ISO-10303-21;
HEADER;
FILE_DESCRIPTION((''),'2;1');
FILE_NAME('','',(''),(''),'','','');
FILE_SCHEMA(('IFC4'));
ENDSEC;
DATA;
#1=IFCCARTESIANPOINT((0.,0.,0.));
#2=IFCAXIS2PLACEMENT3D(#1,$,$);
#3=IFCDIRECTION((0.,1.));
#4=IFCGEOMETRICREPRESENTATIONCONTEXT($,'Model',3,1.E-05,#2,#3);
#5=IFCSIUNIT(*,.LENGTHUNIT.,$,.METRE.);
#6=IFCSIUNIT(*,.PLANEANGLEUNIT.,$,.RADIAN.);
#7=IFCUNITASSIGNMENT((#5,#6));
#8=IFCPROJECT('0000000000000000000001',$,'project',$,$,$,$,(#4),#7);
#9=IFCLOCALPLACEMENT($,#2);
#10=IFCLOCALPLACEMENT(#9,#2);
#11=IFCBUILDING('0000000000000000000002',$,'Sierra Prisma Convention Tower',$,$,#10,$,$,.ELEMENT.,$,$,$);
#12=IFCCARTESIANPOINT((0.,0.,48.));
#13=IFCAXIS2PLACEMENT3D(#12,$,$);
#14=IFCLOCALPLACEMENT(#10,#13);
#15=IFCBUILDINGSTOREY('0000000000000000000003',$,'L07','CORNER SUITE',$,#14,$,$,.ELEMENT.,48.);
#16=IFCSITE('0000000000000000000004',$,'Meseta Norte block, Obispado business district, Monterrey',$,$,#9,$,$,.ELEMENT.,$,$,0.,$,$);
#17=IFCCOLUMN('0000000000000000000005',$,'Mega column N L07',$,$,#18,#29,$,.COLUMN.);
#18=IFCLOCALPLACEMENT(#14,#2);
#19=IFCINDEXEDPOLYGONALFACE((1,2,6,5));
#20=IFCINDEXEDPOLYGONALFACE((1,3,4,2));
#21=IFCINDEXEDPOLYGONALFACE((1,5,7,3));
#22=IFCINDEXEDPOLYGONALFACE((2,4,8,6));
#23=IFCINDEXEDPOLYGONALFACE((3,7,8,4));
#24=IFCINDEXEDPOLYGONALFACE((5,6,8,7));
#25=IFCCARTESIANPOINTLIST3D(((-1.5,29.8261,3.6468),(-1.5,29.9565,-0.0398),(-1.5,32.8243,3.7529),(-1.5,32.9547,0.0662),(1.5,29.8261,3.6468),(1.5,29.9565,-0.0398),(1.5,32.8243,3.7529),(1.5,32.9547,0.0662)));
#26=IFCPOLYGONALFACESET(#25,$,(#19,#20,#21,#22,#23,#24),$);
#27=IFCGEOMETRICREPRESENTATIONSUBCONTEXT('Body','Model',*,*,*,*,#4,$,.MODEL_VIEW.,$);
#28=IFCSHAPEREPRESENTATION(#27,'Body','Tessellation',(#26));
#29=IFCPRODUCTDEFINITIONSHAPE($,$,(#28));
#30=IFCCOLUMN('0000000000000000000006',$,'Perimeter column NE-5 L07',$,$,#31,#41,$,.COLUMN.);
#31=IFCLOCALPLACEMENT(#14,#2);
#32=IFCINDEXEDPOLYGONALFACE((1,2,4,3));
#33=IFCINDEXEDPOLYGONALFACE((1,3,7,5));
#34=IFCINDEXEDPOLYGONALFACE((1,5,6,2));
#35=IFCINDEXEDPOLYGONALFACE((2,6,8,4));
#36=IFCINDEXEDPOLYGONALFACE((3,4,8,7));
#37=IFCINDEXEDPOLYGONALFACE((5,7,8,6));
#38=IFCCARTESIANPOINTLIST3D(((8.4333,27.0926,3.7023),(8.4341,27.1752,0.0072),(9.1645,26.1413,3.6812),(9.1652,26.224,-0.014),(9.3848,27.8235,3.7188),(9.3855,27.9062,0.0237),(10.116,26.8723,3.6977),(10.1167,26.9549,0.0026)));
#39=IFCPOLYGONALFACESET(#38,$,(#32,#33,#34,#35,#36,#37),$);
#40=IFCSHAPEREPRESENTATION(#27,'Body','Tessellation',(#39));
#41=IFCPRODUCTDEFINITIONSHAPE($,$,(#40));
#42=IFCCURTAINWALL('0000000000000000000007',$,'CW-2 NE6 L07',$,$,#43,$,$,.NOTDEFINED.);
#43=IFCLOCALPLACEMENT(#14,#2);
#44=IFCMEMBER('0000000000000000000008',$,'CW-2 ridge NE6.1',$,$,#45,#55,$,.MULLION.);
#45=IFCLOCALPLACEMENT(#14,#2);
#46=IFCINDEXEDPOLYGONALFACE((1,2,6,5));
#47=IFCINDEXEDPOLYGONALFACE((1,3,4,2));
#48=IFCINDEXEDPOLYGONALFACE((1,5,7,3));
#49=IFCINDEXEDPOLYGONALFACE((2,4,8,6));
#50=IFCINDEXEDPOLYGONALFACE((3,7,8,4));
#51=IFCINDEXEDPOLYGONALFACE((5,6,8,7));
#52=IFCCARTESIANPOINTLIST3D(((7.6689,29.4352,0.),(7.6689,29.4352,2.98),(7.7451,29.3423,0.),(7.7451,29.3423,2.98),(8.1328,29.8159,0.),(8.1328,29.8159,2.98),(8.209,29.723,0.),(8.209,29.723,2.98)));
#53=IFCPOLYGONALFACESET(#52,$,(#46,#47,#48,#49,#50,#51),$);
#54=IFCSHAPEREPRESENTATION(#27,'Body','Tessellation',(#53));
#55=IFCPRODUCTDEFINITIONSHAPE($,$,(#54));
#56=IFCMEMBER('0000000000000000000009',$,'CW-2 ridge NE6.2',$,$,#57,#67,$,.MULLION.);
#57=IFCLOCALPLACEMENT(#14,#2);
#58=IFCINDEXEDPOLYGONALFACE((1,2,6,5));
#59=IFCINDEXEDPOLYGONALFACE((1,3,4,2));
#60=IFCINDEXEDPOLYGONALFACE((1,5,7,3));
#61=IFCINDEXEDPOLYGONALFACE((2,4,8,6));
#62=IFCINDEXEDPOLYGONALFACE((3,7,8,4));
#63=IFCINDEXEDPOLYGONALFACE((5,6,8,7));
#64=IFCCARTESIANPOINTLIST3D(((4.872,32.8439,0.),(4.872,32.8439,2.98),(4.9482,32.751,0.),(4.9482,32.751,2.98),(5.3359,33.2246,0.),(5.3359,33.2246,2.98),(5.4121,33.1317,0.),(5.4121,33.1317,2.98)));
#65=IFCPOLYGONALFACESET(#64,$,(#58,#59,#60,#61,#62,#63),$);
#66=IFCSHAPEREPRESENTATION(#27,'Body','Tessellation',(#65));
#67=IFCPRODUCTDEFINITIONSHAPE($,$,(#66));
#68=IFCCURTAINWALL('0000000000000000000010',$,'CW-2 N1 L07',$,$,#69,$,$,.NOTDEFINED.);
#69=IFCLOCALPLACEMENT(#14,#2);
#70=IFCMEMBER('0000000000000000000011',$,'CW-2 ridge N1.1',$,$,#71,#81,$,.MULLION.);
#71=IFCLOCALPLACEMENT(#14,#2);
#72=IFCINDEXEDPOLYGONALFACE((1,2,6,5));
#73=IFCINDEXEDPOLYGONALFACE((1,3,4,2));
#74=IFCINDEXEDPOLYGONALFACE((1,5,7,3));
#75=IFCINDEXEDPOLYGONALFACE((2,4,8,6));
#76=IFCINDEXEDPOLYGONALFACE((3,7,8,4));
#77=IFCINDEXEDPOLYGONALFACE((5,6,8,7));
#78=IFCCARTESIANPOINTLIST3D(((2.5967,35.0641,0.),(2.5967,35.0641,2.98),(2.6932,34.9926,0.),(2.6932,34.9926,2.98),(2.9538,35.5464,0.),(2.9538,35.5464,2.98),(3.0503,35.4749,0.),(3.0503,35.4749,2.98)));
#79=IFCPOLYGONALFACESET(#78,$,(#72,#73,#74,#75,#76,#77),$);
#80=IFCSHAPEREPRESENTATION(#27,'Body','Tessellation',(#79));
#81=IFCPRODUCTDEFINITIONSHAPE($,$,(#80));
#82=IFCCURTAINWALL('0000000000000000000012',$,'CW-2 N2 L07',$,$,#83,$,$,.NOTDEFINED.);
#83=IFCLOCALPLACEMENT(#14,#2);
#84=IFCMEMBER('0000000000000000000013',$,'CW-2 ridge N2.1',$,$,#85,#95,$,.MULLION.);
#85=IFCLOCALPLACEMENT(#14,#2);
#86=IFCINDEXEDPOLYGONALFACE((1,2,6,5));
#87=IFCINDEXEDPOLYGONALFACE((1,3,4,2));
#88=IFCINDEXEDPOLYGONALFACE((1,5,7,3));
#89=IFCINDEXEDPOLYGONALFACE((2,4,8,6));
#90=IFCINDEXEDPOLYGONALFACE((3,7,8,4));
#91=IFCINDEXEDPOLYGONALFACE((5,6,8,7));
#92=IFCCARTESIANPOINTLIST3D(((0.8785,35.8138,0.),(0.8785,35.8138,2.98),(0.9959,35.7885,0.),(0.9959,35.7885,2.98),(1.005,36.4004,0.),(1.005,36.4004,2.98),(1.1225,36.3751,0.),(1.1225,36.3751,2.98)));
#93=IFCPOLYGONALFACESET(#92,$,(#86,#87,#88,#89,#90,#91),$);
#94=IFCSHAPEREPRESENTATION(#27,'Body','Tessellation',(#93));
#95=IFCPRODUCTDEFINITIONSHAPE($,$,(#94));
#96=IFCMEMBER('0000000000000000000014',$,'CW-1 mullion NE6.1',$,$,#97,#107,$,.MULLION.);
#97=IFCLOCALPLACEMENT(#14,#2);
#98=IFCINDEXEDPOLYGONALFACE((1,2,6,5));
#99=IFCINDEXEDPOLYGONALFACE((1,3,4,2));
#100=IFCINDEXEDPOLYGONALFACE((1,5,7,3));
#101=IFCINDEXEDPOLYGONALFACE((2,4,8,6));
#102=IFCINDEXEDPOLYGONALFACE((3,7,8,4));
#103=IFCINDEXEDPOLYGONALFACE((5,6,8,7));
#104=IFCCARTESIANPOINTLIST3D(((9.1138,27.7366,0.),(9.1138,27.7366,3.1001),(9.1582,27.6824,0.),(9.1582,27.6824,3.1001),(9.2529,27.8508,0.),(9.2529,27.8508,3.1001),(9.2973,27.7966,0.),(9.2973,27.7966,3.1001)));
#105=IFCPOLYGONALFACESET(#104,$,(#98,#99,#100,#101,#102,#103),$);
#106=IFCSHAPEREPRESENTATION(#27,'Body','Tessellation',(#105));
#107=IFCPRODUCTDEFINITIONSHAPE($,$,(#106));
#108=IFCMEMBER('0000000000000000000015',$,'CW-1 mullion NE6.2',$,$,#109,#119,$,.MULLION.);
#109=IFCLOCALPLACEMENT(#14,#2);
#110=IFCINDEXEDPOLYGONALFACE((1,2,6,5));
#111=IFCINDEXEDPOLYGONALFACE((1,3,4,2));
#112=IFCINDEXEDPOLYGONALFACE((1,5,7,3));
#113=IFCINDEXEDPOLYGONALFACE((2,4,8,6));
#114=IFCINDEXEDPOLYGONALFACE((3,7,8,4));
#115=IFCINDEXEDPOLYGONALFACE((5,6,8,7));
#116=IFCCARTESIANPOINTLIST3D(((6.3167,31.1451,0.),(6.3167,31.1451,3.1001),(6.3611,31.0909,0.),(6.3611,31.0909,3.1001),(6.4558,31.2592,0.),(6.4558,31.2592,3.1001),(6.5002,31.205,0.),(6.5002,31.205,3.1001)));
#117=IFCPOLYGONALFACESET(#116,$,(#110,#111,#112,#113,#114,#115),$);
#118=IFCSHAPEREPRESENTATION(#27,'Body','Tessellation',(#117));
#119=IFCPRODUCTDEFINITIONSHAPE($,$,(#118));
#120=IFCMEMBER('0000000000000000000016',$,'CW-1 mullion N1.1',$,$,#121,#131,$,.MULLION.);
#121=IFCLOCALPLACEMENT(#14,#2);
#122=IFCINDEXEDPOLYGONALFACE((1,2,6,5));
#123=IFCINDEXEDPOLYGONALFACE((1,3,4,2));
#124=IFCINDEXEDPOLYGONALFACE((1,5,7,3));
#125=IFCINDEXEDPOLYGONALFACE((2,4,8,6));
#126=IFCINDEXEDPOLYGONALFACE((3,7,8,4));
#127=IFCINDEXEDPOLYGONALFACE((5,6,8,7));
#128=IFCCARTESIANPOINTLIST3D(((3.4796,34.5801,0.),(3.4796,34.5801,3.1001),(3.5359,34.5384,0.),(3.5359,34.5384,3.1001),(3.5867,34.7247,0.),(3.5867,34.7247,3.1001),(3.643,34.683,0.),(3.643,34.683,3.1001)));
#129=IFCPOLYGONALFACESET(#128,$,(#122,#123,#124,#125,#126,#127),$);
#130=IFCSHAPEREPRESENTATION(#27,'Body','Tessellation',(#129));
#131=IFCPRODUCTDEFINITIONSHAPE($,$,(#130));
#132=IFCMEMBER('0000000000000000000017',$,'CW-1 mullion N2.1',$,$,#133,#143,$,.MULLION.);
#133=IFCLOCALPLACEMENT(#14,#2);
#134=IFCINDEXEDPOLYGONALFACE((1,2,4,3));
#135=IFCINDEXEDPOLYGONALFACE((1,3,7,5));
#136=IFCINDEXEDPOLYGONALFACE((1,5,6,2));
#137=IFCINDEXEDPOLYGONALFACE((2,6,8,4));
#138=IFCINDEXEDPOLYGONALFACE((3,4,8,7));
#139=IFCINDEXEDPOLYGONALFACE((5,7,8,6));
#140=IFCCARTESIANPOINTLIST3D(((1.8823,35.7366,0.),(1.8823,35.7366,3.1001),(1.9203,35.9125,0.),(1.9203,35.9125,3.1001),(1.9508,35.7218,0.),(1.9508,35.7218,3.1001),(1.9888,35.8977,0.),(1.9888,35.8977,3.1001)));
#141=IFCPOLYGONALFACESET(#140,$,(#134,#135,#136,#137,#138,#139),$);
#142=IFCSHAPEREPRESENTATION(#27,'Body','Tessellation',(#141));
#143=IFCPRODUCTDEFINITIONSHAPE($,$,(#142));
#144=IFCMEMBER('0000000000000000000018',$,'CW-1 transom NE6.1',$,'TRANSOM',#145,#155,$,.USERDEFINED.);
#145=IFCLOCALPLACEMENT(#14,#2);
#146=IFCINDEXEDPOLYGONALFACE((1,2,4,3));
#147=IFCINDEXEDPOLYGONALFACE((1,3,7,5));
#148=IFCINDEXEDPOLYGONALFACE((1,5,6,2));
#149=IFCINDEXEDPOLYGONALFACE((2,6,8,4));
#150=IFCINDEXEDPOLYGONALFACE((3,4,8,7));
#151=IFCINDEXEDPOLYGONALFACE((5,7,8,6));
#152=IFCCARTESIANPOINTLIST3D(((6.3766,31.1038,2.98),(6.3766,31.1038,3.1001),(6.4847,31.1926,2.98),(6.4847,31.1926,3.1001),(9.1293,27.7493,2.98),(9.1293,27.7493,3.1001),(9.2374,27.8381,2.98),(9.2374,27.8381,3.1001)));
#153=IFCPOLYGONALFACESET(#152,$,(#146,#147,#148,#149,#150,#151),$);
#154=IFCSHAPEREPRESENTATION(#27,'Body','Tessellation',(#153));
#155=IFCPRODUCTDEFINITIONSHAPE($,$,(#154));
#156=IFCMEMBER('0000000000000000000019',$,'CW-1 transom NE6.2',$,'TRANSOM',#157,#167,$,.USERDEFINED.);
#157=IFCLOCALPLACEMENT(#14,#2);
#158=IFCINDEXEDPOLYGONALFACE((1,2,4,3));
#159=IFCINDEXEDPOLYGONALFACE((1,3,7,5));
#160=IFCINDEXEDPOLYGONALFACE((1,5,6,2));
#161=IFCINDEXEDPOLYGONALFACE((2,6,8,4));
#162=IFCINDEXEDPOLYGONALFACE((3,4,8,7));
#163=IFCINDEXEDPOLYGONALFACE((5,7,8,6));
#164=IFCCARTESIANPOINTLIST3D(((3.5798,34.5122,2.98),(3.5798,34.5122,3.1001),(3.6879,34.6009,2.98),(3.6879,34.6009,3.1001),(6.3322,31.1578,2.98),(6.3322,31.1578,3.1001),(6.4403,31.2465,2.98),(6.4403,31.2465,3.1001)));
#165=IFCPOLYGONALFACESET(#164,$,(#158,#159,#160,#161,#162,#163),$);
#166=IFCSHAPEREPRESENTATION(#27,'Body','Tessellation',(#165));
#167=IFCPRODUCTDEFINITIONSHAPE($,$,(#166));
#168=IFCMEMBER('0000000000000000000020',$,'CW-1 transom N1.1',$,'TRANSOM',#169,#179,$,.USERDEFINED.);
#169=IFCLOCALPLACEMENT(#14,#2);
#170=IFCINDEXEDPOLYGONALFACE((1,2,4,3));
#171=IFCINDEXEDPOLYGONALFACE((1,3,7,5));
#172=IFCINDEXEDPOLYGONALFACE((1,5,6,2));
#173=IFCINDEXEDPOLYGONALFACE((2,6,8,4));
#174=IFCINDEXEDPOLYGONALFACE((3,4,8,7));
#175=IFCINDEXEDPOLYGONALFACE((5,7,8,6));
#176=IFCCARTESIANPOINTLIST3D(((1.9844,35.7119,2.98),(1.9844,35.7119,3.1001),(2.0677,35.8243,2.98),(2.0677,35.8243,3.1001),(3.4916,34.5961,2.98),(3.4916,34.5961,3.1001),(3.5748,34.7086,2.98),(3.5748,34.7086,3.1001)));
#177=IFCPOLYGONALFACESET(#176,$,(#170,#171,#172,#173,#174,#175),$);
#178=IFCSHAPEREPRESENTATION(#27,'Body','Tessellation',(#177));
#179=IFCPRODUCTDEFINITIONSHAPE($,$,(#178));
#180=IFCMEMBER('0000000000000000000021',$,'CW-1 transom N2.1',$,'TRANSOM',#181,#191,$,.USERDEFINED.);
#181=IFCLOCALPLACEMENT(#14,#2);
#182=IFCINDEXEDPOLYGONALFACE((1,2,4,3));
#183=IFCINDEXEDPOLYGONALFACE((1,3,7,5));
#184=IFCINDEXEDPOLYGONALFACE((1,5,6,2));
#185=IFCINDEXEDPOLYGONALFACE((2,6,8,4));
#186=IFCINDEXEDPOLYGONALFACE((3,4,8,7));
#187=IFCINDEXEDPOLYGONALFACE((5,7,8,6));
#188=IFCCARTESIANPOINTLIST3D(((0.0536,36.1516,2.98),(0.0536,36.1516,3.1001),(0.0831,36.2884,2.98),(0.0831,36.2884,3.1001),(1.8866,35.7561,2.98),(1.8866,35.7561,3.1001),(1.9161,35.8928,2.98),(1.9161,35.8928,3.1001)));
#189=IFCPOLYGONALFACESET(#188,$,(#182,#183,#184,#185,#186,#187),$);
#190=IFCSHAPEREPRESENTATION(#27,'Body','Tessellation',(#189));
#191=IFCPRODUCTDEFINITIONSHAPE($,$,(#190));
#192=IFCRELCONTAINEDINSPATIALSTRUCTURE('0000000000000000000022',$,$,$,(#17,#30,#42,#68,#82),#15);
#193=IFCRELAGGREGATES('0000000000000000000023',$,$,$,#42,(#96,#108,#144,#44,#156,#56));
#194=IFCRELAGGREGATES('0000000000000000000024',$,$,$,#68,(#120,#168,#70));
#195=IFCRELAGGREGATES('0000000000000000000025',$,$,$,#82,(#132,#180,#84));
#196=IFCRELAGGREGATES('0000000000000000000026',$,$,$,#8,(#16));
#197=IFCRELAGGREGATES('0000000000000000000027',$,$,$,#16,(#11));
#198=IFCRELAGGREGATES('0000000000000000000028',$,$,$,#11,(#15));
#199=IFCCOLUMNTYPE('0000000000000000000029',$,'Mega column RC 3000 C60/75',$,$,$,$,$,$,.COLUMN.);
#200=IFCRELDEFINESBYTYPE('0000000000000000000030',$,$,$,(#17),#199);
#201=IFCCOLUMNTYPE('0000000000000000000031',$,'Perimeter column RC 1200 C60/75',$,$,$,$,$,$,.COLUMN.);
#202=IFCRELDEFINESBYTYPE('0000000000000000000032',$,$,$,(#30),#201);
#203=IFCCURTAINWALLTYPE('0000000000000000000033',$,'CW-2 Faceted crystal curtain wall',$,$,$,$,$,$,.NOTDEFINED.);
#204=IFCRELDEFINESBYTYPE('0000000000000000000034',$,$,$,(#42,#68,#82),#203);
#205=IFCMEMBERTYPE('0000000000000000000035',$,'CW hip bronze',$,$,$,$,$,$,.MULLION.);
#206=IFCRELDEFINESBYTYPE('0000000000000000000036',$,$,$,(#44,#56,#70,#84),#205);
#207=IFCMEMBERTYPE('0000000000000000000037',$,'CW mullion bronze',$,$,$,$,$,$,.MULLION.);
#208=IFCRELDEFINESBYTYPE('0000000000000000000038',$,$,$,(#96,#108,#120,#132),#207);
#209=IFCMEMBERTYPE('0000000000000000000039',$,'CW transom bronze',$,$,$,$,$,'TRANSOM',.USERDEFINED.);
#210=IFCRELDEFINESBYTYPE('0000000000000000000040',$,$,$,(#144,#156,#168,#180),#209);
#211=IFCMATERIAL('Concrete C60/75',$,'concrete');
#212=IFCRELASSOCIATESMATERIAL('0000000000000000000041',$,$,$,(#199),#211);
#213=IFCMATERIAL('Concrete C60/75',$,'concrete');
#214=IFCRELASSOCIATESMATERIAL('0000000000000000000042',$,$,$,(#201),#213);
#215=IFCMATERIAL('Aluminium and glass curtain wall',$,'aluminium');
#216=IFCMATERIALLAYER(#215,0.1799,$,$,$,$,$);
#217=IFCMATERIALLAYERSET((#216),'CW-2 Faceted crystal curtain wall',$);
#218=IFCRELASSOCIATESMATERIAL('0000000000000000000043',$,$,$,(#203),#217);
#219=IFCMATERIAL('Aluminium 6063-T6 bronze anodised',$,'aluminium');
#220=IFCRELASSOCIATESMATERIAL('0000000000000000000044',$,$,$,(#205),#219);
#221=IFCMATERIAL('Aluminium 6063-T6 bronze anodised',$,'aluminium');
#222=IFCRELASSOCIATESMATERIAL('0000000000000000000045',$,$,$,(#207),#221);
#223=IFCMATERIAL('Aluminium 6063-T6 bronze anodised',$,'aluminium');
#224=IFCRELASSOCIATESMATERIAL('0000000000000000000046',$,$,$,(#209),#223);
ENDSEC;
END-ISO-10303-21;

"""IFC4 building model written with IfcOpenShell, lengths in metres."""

from ifc_helpers import new_model, si_unit, direction, frame, origin, origin_2d, place, context, subcontext, project, spatial, rectangle, extrude, clip, halfspace, material, layer, layer_set, material_profile, profile_set, type_object, element, aggregate, save


model = new_model("IFC4")

# Units and contexts
model_context = context("Model", 3, precision=1e-05, world=origin(), true_north=direction((0.0, 1.0)))
body_context = subcontext(model_context, "Body", "Model", "MODEL_VIEW")
ifc_project = project(units=[si_unit("LENGTHUNIT", "METRE"), si_unit("PLANEANGLEUNIT", "RADIAN")], contexts=[model_context])

# Site, building, storey
site_placement = place(None, origin())
site = spatial("IfcSite", under=ifc_project, at=site_placement, Name="Meseta Norte block, Obispado business district, Monterrey", CompositionType="ELEMENT", RefElevation=0.0)
building_placement = place(site_placement, origin())
building = spatial("IfcBuilding", under=site, at=building_placement, Name="Sierra Prisma Convention Tower", CompositionType="ELEMENT")
storey_placement = place(building_placement, frame((0.0, 0.0, 48.0)))
storey = spatial("IfcBuildingStorey", under=building, at=storey_placement, Name="L07", Description="CORNER SUITE", CompositionType="ELEMENT", Elevation=48.0)

# Columns
ifc_material_1 = material(Name="Concrete C60/75", Category="concrete")
ifc_material_profile_1 = material_profile(ifc_material_1, rectangle(XDim=3.0, YDim=3.0, at=origin_2d()), Name="Mega column RC 3000 C60/75")
ifc_profile_set_1 = profile_set([ifc_material_profile_1], Name="Concrete C60/75")
column_type_1 = type_object("IfcColumnType", Name="Mega column RC 3000 C60/75", PredefinedType="COLUMN", material=ifc_profile_set_1)
column_1_placement = place(storey_placement, frame((0.0, 31.4561, 0.0), z_axis=(0.0, -0.035346, 0.999375), x_axis=(1.0, 0.0, 0.0)))
element("IfcColumn", 1, at=column_1_placement, inside=storey, type_object=column_type_1, Name="Mega column N L07", PredefinedType="COLUMN", context=body_context, shape_type="SweptSolid", body=[
    clip(extrude(rectangle(XDim=3.0, YDim=3.0, at=origin_2d()), origin(), (0.0, 0.0, 1.0), 3.7021), halfspace(frame((0.0, 0.0, 0.0132)), True)),
])
ifc_material_2 = material(Name="Concrete C60/75", Category="concrete")
ifc_material_profile_2 = material_profile(ifc_material_2, rectangle(XDim=1.2, YDim=1.2, at=origin_2d()), Name="Perimeter column RC 1200 C60/75")
ifc_profile_set_2 = profile_set([ifc_material_profile_2], Name="Concrete C60/75")
column_type_2 = type_object("IfcColumnType", Name="Perimeter column RC 1200 C60/75", PredefinedType="COLUMN", material=ifc_profile_set_2)
column_2_placement = place(storey_placement, frame((9.2754, 27.0652, 0.0), z_axis=(-0.000198, -0.022363, 0.99975), x_axis=(-0.609322, 0.792727, 0.017612)))
element("IfcColumn", 2, at=column_2_placement, inside=storey, type_object=column_type_2, Name="Perimeter column NE-5 L07", PredefinedType="COLUMN", context=body_context, shape_type="SweptSolid", body=[
    clip(extrude(rectangle(XDim=1.2, YDim=1.2, at=origin_2d()), origin(), (0.0, 0.0, 1.0), 3.7009), halfspace(frame((0.0, 0.0, 0.0049)), True)),
])

# Curtain wall, members
ifc_material_3 = material(Name="Aluminium and glass curtain wall", Category="aluminium")
ifc_layer_1 = layer(ifc_material_3, 0.1799)
ifc_layer_set_1 = layer_set([ifc_layer_1], Name="CW-2 Faceted crystal curtain wall")
curtain_wall_type = type_object("IfcCurtainWallType", Name="CW-2 Faceted crystal curtain wall", PredefinedType="NOTDEFINED", material=ifc_layer_set_1)
curtain_wall_1_placement = place(storey_placement, origin())
curtain_wall_1 = element("IfcCurtainWall", 3, at=curtain_wall_1_placement, inside=storey, type_object=curtain_wall_type, Name="CW-2 NE6 L07", PredefinedType="NOTDEFINED")
ifc_material_4 = material(Name="Aluminium 6063-T6 bronze anodised", Category="aluminium")
ifc_material_profile_3 = material_profile(ifc_material_4, rectangle(XDim=0.1201, YDim=0.6001, at=origin_2d()), Name="ALU RIDGE BLADE 120x600")
ifc_profile_set_3 = profile_set([ifc_material_profile_3], Name="Aluminium 6063-T6 bronze anodised")
member_type_1 = type_object("IfcMemberType", Name="CW hip bronze", PredefinedType="MULLION", material=ifc_profile_set_3)
member_1_placement = place(storey_placement, frame((7.939, 29.5791, 0.0), z_axis=(0.0, 0.0, 1.0), x_axis=(-0.634349, 0.773047, 0.0)))
member_1 = element("IfcMember", 4, at=member_1_placement, type_object=member_type_1, Name="CW-2 ridge NE6.1", PredefinedType="MULLION", context=body_context, shape_type="SweptSolid", body=[
    extrude(rectangle(XDim=0.1201, YDim=0.6001, at=origin_2d()), origin(), (0.0, 0.0, 1.0), 2.98),
])
member_2_placement = place(storey_placement, frame((5.1421, 32.9878, 0.0), z_axis=(0.0, 0.0, 1.0), x_axis=(-0.634349, 0.773047, 0.0)))
member_2 = element("IfcMember", 5, at=member_2_placement, type_object=member_type_1, Name="CW-2 ridge NE6.2", PredefinedType="MULLION", context=body_context, shape_type="SweptSolid", body=[
    extrude(rectangle(XDim=0.1201, YDim=0.6001, at=origin_2d()), origin(), (0.0, 0.0, 1.0), 2.98),
])

# Curtain walls, members
curtain_wall_2_placement = place(storey_placement, origin())
curtain_wall_2 = element("IfcCurtainWall", 6, at=curtain_wall_2_placement, inside=storey, type_object=curtain_wall_type, Name="CW-2 N1 L07", PredefinedType="NOTDEFINED")
member_3_placement = place(storey_placement, frame((2.8235, 35.2695, 0.0), z_axis=(0.0, 0.0, 1.0), x_axis=(-0.80368, 0.595061, 0.0)))
member_3 = element("IfcMember", 7, at=member_3_placement, type_object=member_type_1, Name="CW-2 ridge N1.1", PredefinedType="MULLION", context=body_context, shape_type="SweptSolid", body=[
    extrude(rectangle(XDim=0.1201, YDim=0.6001, at=origin_2d()), origin(), (0.0, 0.0, 1.0), 2.98),
])
curtain_wall_3_placement = place(storey_placement, origin())
curtain_wall_3 = element("IfcCurtainWall", 8, at=curtain_wall_3_placement, inside=storey, type_object=curtain_wall_type, Name="CW-2 N2 L07", PredefinedType="NOTDEFINED")
member_4_placement = place(storey_placement, frame((1.0005, 36.0945, 0.0), z_axis=(0.0, 0.0, 1.0), x_axis=(-0.977518, 0.210853, 0.0)))
member_4 = element("IfcMember", 9, at=member_4_placement, type_object=member_type_1, Name="CW-2 ridge N2.1", PredefinedType="MULLION", context=body_context, shape_type="SweptSolid", body=[
    extrude(rectangle(XDim=0.1201, YDim=0.6001, at=origin_2d()), origin(), (0.0, 0.0, 1.0), 2.98),
])

# Members
ifc_material_5 = material(Name="Aluminium 6063-T6 bronze anodised", Category="aluminium")
ifc_material_profile_4 = material_profile(ifc_material_5, rectangle(XDim=0.1799, YDim=0.0701, at=origin_2d()), Name="ALU MULLION 70x180")
ifc_profile_set_4 = profile_set([ifc_material_profile_4], Name="Aluminium 6063-T6 bronze anodised")
member_type_2 = type_object("IfcMemberType", Name="CW mullion bronze", PredefinedType="MULLION", material=ifc_profile_set_4)
member_5_placement = place(storey_placement, frame((9.2056, 27.7666, 0.0), z_axis=(0.0, 0.0, 1.0), x_axis=(-0.773047, -0.634349, 0.0)))
member_5 = element("IfcMember", 10, at=member_5_placement, type_object=member_type_2, Name="CW-1 mullion NE6.1", PredefinedType="MULLION", context=body_context, shape_type="SweptSolid", body=[
    extrude(rectangle(XDim=0.1799, YDim=0.0701, at=origin_2d()), origin(), (0.0, 0.0, 1.0), 3.1001),
])
member_6_placement = place(storey_placement, frame((6.4084, 31.175, 0.0), z_axis=(0.0, 0.0, 1.0), x_axis=(-0.773047, -0.634349, 0.0)))
member_6 = element("IfcMember", 11, at=member_6_placement, type_object=member_type_2, Name="CW-1 mullion NE6.2", PredefinedType="MULLION", context=body_context, shape_type="SweptSolid", body=[
    extrude(rectangle(XDim=0.1799, YDim=0.0701, at=origin_2d()), origin(), (0.0, 0.0, 1.0), 3.1001),
])
member_7_placement = place(storey_placement, frame((3.5613, 34.6316, 0.0), z_axis=(0.0, 0.0, 1.0), x_axis=(-0.595061, -0.80368, 0.0)))
member_7 = element("IfcMember", 12, at=member_7_placement, type_object=member_type_2, Name="CW-1 mullion N1.1", PredefinedType="MULLION", context=body_context, shape_type="SweptSolid", body=[
    extrude(rectangle(XDim=0.1799, YDim=0.0701, at=origin_2d()), origin(), (0.0, 0.0, 1.0), 3.1001),
])
member_8_placement = place(storey_placement, frame((1.9355, 35.8171, 0.0), z_axis=(0.0, 0.0, 1.0), x_axis=(-0.210853, -0.977518, 0.0)))
member_8 = element("IfcMember", 13, at=member_8_placement, type_object=member_type_2, Name="CW-1 mullion N2.1", PredefinedType="MULLION", context=body_context, shape_type="SweptSolid", body=[
    extrude(rectangle(XDim=0.1799, YDim=0.0701, at=origin_2d()), origin(), (0.0, 0.0, 1.0), 3.1001),
])
ifc_material_6 = material(Name="Aluminium 6063-T6 bronze anodised", Category="aluminium")
ifc_material_profile_5 = material_profile(ifc_material_6, rectangle(XDim=0.1399, YDim=0.1201, at=origin_2d()), Name="ALU TRANSOM 120x140")
ifc_profile_set_5 = profile_set([ifc_material_profile_5], Name="Aluminium 6063-T6 bronze anodised")
member_type_3 = type_object("IfcMemberType", Name="CW transom bronze", ElementType="TRANSOM", PredefinedType="USERDEFINED", material=ifc_profile_set_5)
member_9_placement = place(storey_placement, frame((9.1833, 27.7937, 3.04), z_axis=(-0.634355, 0.773042, 0.0), x_axis=(-0.773042, -0.634355, 0.0)))
member_9 = element("IfcMember", 14, at=member_9_placement, type_object=member_type_3, Name="CW-1 transom NE6.1", ObjectType="TRANSOM", PredefinedType="USERDEFINED", context=body_context, shape_type="SweptSolid", body=[
    extrude(rectangle(XDim=0.1399, YDim=0.1201, at=origin_2d()), origin(), (0.0, 0.0, 1.0), 4.3394),
])
member_10_placement = place(storey_placement, frame((6.3862, 31.2021, 3.04), z_axis=(-0.634322, 0.773069, 0.0), x_axis=(-0.773069, -0.634322, 0.0)))
member_10 = element("IfcMember", 15, at=member_10_placement, type_object=member_type_3, Name="CW-1 transom NE6.2", ObjectType="TRANSOM", PredefinedType="USERDEFINED", context=body_context, shape_type="SweptSolid", body=[
    extrude(rectangle(XDim=0.1399, YDim=0.1201, at=origin_2d()), origin(), (0.0, 0.0, 1.0), 4.3391),
])
member_11_placement = place(storey_placement, frame((3.5332, 34.6523, 3.04), z_axis=(-0.803719, 0.59501, 0.0), x_axis=(-0.59501, -0.803719, 0.0)))
member_11 = element("IfcMember", 16, at=member_11_placement, type_object=member_type_3, Name="CW-1 transom N1.1", ObjectType="TRANSOM", PredefinedType="USERDEFINED", context=body_context, shape_type="SweptSolid", body=[
    extrude(rectangle(XDim=0.1399, YDim=0.1201, at=origin_2d()), origin(), (0.0, 0.0, 1.0), 1.8752),
])
member_12_placement = place(storey_placement, frame((1.9014, 35.8245, 3.04), z_axis=(-0.977504, 0.210916, 0.0), x_axis=(-0.210916, -0.977504, 0.0)))
member_12 = element("IfcMember", 17, at=member_12_placement, type_object=member_type_3, Name="CW-1 transom N2.1", ObjectType="TRANSOM", PredefinedType="USERDEFINED", context=body_context, shape_type="SweptSolid", body=[
    extrude(rectangle(XDim=0.1399, YDim=0.1201, at=origin_2d()), origin(), (0.0, 0.0, 1.0), 1.8752),
])

aggregate(curtain_wall_1, [member_5, member_6, member_9, member_1, member_10, member_2])
aggregate(curtain_wall_2, [member_7, member_11, member_3])
aggregate(curtain_wall_3, [member_8, member_12, member_4])

save(model, "model.ifc")
